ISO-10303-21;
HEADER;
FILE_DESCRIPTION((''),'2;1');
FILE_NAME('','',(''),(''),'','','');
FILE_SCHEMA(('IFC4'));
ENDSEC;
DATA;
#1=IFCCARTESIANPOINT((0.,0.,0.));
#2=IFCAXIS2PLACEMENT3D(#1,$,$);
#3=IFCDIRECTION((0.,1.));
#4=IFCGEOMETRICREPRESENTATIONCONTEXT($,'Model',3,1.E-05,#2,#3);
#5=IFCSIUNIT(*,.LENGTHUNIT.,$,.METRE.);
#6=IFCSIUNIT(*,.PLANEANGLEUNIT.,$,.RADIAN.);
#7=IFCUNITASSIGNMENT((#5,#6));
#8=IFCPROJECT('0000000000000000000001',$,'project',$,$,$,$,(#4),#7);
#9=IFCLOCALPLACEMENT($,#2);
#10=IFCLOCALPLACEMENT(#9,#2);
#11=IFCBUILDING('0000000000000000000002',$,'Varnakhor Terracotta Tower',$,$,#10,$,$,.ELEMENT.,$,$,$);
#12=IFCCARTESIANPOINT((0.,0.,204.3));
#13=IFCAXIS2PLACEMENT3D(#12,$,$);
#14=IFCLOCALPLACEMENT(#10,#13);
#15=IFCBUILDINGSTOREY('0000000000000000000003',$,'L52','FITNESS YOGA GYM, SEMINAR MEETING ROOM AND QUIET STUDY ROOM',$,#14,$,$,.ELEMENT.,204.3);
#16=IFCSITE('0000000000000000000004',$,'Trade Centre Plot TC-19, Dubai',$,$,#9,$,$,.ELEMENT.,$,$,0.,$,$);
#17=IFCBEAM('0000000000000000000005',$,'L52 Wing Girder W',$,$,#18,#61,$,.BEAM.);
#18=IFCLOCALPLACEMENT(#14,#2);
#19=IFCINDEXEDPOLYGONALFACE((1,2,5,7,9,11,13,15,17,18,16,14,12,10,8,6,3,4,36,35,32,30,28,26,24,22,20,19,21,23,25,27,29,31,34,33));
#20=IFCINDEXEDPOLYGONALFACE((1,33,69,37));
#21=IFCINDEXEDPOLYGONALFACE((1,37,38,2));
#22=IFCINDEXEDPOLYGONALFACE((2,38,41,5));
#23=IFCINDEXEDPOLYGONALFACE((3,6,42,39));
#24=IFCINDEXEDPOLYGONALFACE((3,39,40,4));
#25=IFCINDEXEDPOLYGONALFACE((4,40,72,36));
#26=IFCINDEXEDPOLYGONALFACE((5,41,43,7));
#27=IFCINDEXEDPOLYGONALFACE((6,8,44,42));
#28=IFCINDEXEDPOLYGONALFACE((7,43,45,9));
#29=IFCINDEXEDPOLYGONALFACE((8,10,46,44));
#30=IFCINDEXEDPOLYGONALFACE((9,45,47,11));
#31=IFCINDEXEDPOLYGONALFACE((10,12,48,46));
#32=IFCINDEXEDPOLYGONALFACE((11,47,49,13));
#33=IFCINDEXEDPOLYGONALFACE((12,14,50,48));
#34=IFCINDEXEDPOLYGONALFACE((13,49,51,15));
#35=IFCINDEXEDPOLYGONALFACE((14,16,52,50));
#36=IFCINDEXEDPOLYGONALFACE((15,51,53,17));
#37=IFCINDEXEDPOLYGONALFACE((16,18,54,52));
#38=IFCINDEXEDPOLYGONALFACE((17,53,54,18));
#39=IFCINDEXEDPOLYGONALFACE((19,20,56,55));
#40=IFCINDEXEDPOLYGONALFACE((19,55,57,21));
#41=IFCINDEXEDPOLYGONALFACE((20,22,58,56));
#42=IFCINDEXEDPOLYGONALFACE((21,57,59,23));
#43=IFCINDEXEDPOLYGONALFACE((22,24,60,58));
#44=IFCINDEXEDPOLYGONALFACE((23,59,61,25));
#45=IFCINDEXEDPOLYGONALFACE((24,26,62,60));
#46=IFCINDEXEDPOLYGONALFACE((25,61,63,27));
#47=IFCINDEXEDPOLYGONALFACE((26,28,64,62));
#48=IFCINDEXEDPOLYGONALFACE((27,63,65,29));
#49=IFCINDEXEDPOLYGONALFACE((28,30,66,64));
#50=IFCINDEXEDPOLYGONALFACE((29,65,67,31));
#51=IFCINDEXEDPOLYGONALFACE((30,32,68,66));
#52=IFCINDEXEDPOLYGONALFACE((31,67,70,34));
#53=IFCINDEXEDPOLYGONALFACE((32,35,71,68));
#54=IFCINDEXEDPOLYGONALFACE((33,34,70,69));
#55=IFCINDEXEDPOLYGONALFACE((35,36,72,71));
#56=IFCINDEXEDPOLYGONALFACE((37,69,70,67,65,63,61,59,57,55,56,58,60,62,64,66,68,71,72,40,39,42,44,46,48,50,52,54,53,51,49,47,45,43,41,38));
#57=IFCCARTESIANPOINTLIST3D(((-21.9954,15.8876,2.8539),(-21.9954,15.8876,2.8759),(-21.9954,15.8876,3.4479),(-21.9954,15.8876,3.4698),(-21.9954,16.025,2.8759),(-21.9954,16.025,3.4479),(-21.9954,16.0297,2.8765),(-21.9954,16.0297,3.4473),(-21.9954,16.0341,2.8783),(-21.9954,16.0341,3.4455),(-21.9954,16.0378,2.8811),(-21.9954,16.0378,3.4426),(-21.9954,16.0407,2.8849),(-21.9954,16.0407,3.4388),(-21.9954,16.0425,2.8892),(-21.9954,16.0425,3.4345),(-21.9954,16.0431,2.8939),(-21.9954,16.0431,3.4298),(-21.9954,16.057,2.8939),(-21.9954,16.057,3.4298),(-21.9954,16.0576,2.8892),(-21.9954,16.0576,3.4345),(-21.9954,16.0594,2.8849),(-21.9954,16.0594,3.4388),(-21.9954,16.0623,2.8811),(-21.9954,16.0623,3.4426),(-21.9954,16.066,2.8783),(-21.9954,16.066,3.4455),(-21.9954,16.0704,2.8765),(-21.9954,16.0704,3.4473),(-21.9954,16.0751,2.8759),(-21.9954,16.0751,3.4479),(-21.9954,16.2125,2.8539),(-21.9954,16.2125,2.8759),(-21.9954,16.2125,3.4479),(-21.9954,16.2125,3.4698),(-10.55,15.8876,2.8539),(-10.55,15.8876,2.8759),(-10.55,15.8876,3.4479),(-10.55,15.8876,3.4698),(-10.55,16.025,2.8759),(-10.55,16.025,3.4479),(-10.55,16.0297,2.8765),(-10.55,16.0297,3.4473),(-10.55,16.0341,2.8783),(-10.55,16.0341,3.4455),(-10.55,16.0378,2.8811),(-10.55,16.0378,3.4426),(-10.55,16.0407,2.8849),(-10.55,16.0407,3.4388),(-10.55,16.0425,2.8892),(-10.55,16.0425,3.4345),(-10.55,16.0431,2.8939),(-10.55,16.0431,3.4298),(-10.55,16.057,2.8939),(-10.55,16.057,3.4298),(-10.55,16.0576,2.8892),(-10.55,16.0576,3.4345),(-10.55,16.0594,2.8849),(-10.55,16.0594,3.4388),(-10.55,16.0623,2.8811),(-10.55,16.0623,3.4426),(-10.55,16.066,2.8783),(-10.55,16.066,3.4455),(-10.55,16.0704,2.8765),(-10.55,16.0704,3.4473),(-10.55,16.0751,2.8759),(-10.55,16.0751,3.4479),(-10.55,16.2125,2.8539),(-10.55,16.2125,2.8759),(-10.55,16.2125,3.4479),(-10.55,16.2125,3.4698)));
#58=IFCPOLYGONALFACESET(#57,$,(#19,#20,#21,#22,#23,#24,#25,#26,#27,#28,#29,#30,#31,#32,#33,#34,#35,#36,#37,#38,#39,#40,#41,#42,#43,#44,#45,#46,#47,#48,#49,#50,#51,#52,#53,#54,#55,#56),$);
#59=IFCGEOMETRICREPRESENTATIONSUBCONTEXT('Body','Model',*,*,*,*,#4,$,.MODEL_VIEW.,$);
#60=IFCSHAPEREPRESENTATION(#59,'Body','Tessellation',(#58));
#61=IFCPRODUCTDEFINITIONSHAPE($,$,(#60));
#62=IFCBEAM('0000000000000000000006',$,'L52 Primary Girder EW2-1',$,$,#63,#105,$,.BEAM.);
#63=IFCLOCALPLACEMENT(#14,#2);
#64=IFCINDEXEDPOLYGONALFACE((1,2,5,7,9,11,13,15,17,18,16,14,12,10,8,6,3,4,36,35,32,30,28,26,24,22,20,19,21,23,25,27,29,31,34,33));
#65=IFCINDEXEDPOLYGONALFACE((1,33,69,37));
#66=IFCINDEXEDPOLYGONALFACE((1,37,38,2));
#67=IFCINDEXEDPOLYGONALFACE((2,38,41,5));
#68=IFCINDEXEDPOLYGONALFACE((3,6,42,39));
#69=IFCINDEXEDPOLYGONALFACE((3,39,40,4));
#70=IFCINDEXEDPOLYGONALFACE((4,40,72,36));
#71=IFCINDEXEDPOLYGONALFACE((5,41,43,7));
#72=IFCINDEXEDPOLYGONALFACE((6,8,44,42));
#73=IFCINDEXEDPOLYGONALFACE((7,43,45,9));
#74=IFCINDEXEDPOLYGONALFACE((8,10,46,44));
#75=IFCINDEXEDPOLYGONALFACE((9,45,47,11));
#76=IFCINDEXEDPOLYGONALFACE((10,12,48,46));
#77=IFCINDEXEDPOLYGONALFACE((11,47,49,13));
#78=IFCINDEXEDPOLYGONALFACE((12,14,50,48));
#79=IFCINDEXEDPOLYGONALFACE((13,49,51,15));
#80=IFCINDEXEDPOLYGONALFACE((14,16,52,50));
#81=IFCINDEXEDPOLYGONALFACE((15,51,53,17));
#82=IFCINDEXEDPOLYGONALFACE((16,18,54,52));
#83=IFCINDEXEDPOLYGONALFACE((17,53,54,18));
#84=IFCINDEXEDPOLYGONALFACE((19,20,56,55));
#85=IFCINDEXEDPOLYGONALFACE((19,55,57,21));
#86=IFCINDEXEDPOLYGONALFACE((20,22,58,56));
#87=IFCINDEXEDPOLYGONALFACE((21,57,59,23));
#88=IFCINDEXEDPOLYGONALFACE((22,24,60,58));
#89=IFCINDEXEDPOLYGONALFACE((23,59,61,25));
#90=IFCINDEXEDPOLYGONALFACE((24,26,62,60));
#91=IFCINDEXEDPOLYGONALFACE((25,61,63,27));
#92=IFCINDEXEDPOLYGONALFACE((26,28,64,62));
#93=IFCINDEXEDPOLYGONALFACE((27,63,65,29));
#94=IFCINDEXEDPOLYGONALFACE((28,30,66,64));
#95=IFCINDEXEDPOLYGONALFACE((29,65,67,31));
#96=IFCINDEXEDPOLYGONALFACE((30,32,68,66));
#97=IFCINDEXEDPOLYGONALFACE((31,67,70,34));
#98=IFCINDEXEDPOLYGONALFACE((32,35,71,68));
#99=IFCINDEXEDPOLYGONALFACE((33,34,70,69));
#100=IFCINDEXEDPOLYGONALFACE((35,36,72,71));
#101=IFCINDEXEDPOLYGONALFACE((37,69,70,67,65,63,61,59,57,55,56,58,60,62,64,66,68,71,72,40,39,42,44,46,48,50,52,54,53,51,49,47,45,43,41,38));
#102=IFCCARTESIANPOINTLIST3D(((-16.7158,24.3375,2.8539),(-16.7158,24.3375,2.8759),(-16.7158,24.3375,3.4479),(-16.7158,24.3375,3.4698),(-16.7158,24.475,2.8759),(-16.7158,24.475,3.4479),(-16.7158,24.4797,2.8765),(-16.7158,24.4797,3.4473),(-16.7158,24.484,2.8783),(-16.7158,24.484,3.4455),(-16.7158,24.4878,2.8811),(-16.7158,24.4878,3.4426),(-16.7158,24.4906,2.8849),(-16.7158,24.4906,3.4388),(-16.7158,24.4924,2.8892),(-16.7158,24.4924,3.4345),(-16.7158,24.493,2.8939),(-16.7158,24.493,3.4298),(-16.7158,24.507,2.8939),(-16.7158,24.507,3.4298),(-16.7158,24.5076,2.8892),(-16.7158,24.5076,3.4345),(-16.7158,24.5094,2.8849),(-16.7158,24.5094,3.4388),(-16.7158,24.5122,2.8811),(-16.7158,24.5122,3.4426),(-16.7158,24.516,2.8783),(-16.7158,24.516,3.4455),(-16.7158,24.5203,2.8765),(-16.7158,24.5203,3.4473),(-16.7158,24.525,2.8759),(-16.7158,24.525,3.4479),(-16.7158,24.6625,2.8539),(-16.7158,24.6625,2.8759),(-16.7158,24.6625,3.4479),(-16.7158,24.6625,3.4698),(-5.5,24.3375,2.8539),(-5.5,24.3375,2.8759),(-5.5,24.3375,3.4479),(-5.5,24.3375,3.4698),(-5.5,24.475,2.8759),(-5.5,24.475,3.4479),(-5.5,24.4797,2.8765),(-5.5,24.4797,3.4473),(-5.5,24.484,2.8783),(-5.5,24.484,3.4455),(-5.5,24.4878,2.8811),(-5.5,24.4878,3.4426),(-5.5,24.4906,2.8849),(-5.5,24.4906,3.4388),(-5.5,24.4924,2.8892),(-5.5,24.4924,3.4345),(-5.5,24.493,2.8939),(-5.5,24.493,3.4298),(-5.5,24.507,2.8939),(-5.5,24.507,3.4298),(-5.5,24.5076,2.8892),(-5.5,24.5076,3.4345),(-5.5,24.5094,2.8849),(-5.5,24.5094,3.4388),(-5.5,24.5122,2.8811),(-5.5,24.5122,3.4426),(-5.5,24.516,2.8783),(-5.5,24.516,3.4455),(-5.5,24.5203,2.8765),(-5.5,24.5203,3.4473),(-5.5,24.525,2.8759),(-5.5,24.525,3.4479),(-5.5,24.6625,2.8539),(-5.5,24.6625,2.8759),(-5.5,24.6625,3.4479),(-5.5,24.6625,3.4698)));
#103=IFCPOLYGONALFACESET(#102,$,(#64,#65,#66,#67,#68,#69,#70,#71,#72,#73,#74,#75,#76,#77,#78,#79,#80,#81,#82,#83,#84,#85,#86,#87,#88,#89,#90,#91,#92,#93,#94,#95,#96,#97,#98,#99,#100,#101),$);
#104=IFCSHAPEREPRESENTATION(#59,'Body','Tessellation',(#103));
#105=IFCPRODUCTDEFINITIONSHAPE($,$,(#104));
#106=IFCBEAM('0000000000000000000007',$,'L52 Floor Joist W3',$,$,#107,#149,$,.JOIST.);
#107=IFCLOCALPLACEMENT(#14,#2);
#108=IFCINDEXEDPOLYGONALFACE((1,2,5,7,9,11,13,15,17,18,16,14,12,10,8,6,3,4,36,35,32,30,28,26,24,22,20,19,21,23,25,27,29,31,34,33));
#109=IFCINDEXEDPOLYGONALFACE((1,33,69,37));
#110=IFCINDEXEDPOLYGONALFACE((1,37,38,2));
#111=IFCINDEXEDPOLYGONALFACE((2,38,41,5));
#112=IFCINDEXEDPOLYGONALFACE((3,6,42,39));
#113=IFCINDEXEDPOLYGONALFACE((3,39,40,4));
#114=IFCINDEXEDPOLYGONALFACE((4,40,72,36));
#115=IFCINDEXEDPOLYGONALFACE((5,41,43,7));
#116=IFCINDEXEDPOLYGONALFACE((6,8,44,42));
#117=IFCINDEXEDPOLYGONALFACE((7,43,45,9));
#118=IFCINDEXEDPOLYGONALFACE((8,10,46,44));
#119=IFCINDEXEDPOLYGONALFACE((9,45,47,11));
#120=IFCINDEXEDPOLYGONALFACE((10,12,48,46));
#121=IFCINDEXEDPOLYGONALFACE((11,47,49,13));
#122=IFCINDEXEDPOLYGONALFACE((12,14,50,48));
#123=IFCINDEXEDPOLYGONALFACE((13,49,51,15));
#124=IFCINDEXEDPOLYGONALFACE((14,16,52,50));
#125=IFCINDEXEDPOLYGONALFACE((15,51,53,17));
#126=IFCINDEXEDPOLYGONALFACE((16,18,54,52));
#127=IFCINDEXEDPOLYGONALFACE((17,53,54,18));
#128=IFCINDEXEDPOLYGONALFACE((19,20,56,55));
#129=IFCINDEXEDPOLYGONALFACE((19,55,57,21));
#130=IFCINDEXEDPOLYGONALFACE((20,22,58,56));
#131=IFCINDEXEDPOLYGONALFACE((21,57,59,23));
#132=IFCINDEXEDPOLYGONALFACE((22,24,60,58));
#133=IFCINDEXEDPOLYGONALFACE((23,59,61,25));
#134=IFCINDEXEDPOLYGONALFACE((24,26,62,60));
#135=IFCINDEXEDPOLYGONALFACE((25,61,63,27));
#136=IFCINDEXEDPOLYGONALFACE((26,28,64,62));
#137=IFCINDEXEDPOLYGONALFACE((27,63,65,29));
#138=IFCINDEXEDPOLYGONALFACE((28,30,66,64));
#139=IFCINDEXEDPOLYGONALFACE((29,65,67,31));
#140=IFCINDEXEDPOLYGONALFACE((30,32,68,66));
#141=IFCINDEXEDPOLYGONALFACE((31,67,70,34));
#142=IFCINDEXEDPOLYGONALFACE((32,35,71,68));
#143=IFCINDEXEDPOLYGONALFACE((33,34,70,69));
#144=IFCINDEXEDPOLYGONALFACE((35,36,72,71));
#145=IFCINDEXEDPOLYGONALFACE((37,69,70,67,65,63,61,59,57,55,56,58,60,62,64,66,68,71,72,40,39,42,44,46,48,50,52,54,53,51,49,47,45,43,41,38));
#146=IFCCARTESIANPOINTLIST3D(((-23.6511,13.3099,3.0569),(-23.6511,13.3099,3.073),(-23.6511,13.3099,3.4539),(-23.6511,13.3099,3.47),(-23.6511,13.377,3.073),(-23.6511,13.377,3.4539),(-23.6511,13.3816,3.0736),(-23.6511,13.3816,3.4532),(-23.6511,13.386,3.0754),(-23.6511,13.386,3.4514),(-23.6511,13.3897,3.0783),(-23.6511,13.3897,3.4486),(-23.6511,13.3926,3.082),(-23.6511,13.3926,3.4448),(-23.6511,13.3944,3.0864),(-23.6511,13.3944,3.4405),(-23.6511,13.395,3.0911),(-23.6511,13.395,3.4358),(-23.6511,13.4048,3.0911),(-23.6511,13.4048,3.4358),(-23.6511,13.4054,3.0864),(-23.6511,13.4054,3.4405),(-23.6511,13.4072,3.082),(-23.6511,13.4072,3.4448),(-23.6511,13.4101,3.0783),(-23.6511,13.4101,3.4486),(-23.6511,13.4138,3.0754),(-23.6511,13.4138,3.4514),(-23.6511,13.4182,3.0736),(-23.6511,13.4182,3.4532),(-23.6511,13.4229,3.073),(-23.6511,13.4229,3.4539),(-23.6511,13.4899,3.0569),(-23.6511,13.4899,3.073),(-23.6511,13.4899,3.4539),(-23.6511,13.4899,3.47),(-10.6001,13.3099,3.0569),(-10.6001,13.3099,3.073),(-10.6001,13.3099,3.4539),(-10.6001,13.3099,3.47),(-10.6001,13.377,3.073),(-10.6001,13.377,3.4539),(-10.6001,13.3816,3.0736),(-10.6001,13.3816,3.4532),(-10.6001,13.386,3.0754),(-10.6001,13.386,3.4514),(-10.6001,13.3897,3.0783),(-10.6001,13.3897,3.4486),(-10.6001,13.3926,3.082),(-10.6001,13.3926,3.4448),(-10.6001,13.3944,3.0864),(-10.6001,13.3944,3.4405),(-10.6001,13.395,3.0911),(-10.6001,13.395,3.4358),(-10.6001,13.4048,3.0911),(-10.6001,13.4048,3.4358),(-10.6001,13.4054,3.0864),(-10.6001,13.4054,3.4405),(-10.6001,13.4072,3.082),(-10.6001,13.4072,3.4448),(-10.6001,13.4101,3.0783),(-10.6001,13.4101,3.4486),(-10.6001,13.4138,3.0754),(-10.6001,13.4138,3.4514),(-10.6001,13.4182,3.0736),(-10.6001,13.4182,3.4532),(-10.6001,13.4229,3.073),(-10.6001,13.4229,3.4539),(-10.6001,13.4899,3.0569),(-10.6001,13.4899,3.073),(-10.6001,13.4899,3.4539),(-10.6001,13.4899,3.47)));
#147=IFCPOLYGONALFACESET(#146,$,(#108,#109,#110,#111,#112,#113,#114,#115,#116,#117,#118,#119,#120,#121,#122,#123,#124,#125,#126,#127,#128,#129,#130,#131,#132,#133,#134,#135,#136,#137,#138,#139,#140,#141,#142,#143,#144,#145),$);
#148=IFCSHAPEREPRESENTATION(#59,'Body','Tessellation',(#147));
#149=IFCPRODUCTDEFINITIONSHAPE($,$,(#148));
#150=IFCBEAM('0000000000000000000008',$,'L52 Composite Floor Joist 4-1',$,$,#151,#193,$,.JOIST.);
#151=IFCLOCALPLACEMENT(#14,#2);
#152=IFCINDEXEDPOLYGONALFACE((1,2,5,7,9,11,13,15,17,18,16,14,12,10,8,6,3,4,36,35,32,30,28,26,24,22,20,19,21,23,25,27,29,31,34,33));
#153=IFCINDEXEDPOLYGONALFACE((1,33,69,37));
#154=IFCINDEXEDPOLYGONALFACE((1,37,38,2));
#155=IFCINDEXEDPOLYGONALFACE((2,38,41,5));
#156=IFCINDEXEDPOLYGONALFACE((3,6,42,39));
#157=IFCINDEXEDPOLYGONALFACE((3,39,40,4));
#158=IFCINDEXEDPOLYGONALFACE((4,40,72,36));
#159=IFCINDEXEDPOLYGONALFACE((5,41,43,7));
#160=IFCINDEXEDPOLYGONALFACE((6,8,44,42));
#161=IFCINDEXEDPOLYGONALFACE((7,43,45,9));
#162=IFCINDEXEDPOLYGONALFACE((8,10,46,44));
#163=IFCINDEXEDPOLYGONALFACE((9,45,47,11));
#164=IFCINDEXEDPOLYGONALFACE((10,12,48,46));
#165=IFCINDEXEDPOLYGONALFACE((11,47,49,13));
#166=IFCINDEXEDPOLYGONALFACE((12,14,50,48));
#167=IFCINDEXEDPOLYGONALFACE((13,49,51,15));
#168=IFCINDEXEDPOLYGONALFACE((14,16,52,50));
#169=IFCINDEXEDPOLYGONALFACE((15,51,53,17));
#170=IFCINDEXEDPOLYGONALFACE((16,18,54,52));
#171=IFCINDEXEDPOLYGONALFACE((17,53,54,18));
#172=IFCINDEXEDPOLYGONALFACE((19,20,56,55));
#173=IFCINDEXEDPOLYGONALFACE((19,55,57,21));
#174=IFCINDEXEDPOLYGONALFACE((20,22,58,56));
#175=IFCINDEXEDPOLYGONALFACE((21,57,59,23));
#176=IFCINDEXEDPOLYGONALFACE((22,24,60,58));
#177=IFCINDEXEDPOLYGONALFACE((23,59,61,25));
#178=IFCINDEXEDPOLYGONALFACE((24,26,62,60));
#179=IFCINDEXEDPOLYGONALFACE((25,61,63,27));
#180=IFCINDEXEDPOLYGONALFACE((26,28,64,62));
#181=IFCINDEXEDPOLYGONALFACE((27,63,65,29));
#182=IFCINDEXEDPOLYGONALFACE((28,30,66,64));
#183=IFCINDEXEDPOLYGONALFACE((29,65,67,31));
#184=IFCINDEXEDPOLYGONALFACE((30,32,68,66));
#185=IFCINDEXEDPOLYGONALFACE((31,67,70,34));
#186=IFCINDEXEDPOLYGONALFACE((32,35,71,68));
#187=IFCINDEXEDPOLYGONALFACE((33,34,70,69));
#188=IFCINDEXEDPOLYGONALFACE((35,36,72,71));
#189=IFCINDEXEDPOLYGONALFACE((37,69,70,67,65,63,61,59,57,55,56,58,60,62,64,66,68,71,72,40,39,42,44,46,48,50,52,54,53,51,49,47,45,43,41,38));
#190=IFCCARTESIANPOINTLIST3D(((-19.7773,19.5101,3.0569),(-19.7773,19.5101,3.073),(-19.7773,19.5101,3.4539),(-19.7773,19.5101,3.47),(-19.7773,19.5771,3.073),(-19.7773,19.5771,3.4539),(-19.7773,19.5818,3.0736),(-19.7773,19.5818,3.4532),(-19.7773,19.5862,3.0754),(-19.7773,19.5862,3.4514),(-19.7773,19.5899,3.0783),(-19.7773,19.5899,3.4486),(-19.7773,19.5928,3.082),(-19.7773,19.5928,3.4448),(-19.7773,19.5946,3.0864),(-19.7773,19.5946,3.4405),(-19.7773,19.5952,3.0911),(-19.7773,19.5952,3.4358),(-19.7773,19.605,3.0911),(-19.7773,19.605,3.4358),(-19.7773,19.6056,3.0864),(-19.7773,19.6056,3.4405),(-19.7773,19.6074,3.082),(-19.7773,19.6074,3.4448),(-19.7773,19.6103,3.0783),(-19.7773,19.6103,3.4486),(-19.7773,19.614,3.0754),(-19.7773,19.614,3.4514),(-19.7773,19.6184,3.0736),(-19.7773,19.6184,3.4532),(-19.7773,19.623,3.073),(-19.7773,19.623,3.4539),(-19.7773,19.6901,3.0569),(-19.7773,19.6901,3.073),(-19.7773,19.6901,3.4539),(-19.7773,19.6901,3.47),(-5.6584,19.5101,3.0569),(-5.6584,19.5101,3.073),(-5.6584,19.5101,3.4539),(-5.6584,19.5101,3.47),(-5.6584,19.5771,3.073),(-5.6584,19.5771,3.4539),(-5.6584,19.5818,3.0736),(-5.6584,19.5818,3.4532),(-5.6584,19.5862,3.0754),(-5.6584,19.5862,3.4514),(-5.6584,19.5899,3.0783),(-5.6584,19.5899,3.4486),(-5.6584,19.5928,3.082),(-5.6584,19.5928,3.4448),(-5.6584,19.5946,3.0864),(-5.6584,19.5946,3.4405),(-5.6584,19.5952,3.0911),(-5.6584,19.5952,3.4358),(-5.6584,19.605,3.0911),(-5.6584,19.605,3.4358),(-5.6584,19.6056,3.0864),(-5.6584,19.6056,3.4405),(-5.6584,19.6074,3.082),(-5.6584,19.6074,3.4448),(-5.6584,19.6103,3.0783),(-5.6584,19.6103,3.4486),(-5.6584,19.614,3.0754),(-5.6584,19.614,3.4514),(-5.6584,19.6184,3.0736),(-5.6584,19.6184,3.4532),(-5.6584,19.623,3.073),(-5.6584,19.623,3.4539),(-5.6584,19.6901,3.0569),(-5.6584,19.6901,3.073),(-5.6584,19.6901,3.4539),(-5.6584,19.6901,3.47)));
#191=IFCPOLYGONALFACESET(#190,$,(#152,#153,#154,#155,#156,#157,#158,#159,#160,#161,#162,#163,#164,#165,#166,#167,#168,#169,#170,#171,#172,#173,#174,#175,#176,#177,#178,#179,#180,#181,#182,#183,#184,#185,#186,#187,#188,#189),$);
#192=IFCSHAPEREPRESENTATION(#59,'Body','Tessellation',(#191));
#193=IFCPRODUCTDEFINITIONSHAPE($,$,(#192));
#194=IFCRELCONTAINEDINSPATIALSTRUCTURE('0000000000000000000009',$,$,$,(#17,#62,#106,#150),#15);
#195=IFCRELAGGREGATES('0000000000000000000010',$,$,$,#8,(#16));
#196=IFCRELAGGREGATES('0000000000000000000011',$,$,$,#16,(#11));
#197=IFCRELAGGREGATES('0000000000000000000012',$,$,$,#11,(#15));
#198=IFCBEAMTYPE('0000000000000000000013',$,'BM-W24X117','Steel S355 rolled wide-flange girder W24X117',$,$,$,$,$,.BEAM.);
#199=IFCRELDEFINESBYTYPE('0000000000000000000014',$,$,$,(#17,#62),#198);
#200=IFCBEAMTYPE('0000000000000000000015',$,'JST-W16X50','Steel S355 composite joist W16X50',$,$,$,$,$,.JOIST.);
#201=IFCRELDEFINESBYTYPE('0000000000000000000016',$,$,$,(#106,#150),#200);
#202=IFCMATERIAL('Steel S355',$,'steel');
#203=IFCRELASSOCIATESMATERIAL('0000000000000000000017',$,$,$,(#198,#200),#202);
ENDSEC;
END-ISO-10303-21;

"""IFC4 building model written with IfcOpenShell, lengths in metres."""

from ifc_helpers import new_model, si_unit, direction, frame, origin, origin_2d, place, context, subcontext, project, spatial, i_section, extrude, source, transform, mapped, material, material_profile, profile_set, type_object, element, save


model = new_model("IFC4")

# Units and contexts
model_context = context("Model", 3, precision=1e-05, world=origin(), true_north=direction((0.0, 1.0)))
body_context = subcontext(model_context, "Body", "Model", "MODEL_VIEW")
ifc_project = project(units=[si_unit("LENGTHUNIT", "METRE"), si_unit("PLANEANGLEUNIT", "RADIAN")], contexts=[model_context])

# Site, building, storey
site_placement = place(None, origin())
site = spatial("IfcSite", under=ifc_project, at=site_placement, Name="Trade Centre Plot TC-19, Dubai", CompositionType="ELEMENT", RefElevation=0.0)
building_placement = place(site_placement, origin())
building = spatial("IfcBuilding", under=site, at=building_placement, Name="Varnakhor Terracotta Tower", CompositionType="ELEMENT")
storey_placement = place(building_placement, frame((0.0, 0.0, 204.3)))
storey = spatial("IfcBuildingStorey", under=building, at=storey_placement, Name="L52", Description="FITNESS YOGA GYM, SEMINAR MEETING ROOM AND QUIET STUDY ROOM", CompositionType="ELEMENT", Elevation=204.3)

# Beams
ifc_material_1 = material(Name="Steel S355", Category="steel")
ifc_material_profile_1 = material_profile(ifc_material_1, i_section(OverallWidth=0.325, OverallDepth=0.616, WebThickness=0.0139, FlangeThickness=0.022, FilletRadius=0.0181, at=origin_2d()), Name="W24X117")
ifc_profile_set_1 = profile_set([ifc_material_profile_1], Name="Steel S355")
beam_type_1 = type_object("IfcBeamType", Name="BM-W24X117", Description="Steel S355 rolled wide-flange girder W24X117", PredefinedType="BEAM", material=ifc_profile_set_1)
shared_shape_1 = source(origin(), body_context, "Body", "SweptSolid", [
    extrude(i_section(OverallWidth=0.325, OverallDepth=0.616, WebThickness=0.0139, FlangeThickness=0.022, FilletRadius=0.0181, at=origin_2d()), origin(), (0.0, 0.0, 1.0), 11.4453),
])
beam_1_placement = place(storey_placement, frame((-21.9954, 16.05, 3.1619), z_axis=(1.0, 0.0, 0.0), x_axis=(0.0, 1.0, 0.0)))
element("IfcBeam", 1, at=beam_1_placement, inside=storey, type_object=beam_type_1, Name="L52 Wing Girder W", PredefinedType="BEAM", context=body_context, shape_type="MappedRepresentation", body=[
    mapped(shared_shape_1, transform((0.0, 0.0, 0.0), scale=1.0)),
])
shared_shape_2 = source(origin(), body_context, "Body", "SweptSolid", [
    extrude(i_section(OverallWidth=0.325, OverallDepth=0.616, WebThickness=0.0139, FlangeThickness=0.022, FilletRadius=0.0181, at=origin_2d()), origin(), (0.0, 0.0, 1.0), 11.2158),
])
beam_2_placement = place(storey_placement, frame((-16.7158, 24.5, 3.1619), z_axis=(1.0, 0.0, 0.0), x_axis=(0.0, 1.0, 0.0)))
element("IfcBeam", 2, at=beam_2_placement, inside=storey, type_object=beam_type_1, Name="L52 Primary Girder EW2-1", PredefinedType="BEAM", context=body_context, shape_type="MappedRepresentation", body=[
    mapped(shared_shape_2, transform((0.0, 0.0, 0.0), scale=1.0)),
])
ifc_material_profile_2 = material_profile(ifc_material_1, i_section(OverallWidth=0.1799, OverallDepth=0.4131, WebThickness=0.0098, FlangeThickness=0.0161, FilletRadius=0.0181, at=origin_2d()), Name="W16X50")
ifc_profile_set_2 = profile_set([ifc_material_profile_2], Name="Steel S355")
beam_type_2 = type_object("IfcBeamType", Name="JST-W16X50", Description="Steel S355 composite joist W16X50", PredefinedType="JOIST", material=ifc_profile_set_2)
shared_shape_3 = source(origin(), body_context, "Body", "SweptSolid", [
    extrude(i_section(OverallWidth=0.1799, OverallDepth=0.4131, WebThickness=0.0098, FlangeThickness=0.0161, FilletRadius=0.0181, at=origin_2d()), origin(), (0.0, 0.0, 1.0), 13.051),
])
beam_3_placement = place(storey_placement, frame((-23.6511, 13.3999, 3.2634), z_axis=(1.0, 0.0, 0.0), x_axis=(0.0, 1.0, 0.0)))
element("IfcBeam", 3, at=beam_3_placement, inside=storey, type_object=beam_type_2, Name="L52 Floor Joist W3", PredefinedType="JOIST", context=body_context, shape_type="MappedRepresentation", body=[
    mapped(shared_shape_3, transform((0.0, 0.0, 0.0), scale=1.0)),
])
shared_shape_4 = source(origin(), body_context, "Body", "SweptSolid", [
    extrude(i_section(OverallWidth=0.1799, OverallDepth=0.4131, WebThickness=0.0098, FlangeThickness=0.0161, FilletRadius=0.0181, at=origin_2d()), origin(), (0.0, 0.0, 1.0), 14.1189),
])
beam_4_placement = place(storey_placement, frame((-19.7773, 19.6001, 3.2634), z_axis=(1.0, 0.0, 0.0), x_axis=(0.0, 1.0, 0.0)))
element("IfcBeam", 4, at=beam_4_placement, inside=storey, type_object=beam_type_2, Name="L52 Composite Floor Joist 4-1", PredefinedType="JOIST", context=body_context, shape_type="MappedRepresentation", body=[
    mapped(shared_shape_4, transform((0.0, 0.0, 0.0), scale=1.0)),
])

save(model, "model.ifc")
